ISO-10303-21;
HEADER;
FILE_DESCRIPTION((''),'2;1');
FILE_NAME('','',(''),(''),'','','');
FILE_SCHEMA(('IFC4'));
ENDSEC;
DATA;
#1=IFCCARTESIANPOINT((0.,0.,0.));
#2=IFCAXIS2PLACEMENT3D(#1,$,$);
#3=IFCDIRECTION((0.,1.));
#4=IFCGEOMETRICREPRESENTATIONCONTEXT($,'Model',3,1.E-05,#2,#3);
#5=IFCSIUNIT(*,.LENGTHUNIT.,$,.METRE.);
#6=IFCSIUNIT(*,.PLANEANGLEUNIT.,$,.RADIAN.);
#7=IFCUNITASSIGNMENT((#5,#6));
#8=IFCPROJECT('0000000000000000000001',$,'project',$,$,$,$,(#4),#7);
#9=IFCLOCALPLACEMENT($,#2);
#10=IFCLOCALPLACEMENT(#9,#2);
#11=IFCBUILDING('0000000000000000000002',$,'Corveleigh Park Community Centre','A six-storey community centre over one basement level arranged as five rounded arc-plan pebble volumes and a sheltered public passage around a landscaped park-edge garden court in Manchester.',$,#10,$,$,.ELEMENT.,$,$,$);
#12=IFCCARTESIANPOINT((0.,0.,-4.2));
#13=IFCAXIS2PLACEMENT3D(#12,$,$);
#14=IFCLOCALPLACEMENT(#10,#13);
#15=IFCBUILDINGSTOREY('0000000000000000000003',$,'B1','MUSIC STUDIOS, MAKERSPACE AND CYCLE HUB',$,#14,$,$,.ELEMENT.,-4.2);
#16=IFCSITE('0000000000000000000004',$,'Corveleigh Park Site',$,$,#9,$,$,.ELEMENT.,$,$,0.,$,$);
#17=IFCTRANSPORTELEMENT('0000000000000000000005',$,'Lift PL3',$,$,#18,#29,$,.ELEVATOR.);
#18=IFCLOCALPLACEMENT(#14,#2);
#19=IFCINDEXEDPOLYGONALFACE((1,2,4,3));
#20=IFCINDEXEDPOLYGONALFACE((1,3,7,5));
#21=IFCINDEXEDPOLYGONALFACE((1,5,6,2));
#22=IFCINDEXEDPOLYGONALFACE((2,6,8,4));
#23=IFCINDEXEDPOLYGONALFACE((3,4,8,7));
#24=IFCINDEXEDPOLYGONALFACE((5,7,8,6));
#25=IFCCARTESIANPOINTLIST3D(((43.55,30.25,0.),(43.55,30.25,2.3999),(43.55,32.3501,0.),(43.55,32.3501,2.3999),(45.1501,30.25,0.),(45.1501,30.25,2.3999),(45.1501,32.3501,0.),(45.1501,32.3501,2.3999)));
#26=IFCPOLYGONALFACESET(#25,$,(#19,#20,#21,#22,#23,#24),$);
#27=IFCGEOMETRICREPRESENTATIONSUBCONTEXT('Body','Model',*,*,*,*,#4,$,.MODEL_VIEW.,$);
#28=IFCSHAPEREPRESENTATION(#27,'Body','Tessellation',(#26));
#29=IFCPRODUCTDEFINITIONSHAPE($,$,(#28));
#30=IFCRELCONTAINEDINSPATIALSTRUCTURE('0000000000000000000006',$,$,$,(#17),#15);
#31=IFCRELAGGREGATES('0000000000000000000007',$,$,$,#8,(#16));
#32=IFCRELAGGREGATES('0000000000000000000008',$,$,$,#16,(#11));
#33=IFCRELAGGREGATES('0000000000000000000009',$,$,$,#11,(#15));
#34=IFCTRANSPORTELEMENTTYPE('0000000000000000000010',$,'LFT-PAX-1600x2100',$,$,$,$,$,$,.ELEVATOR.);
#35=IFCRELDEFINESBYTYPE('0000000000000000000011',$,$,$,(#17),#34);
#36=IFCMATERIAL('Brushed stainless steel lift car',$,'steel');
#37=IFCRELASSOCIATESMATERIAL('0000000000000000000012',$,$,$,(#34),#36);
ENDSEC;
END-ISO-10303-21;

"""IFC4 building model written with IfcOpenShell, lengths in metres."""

from ifc_helpers import new_model, si_unit, direction, frame, origin, origin_2d, place, context, subcontext, project, spatial, rectangle, extrude, material, type_object, element, save


model = new_model("IFC4")

# Units and contexts
model_context = context("Model", 3, precision=1e-05, world=origin(), true_north=direction((0.0, 1.0)))
body_context = subcontext(model_context, "Body", "Model", "MODEL_VIEW")
ifc_project = project(units=[si_unit("LENGTHUNIT", "METRE"), si_unit("PLANEANGLEUNIT", "RADIAN")], contexts=[model_context])

# Site, building, storey
site_placement = place(None, origin())
site = spatial("IfcSite", under=ifc_project, at=site_placement, Name="Corveleigh Park Site", CompositionType="ELEMENT", RefElevation=0.0)
building_placement = place(site_placement, origin())
building = spatial("IfcBuilding", under=site, at=building_placement, Name="Corveleigh Park Community Centre", Description="A six-storey community centre over one basement level arranged as five rounded arc-plan pebble volumes and a sheltered public passage around a landscaped park-edge garden court in Manchester.", CompositionType="ELEMENT")
storey_placement = place(building_placement, frame((0.0, 0.0, -4.2)))
storey = spatial("IfcBuildingStorey", under=building, at=storey_placement, Name="B1", Description="MUSIC STUDIOS, MAKERSPACE AND CYCLE HUB", CompositionType="ELEMENT", Elevation=-4.2)

# Transport element
ifc_material_1 = material(Name="Brushed stainless steel lift car", Category="steel")
transport_element_type = type_object("IfcTransportElementType", Name="LFT-PAX-1600x2100", PredefinedType="ELEVATOR", material=ifc_material_1)
transport_element_placement = place(storey_placement, frame((44.3501, 31.3, 0.0), z_axis=(0.0, 0.0, 1.0), x_axis=(1.0, 0.0, 0.0)))
element("IfcTransportElement", 1, at=transport_element_placement, inside=storey, type_object=transport_element_type, Name="Lift PL3", PredefinedType="ELEVATOR", context=body_context, shape_type="SweptSolid", body=[
    extrude(rectangle(XDim=1.6001, YDim=2.1001, at=origin_2d()), origin(), (0.0, 0.0, 1.0), 2.3999),
])

save(model, "model.ifc")
